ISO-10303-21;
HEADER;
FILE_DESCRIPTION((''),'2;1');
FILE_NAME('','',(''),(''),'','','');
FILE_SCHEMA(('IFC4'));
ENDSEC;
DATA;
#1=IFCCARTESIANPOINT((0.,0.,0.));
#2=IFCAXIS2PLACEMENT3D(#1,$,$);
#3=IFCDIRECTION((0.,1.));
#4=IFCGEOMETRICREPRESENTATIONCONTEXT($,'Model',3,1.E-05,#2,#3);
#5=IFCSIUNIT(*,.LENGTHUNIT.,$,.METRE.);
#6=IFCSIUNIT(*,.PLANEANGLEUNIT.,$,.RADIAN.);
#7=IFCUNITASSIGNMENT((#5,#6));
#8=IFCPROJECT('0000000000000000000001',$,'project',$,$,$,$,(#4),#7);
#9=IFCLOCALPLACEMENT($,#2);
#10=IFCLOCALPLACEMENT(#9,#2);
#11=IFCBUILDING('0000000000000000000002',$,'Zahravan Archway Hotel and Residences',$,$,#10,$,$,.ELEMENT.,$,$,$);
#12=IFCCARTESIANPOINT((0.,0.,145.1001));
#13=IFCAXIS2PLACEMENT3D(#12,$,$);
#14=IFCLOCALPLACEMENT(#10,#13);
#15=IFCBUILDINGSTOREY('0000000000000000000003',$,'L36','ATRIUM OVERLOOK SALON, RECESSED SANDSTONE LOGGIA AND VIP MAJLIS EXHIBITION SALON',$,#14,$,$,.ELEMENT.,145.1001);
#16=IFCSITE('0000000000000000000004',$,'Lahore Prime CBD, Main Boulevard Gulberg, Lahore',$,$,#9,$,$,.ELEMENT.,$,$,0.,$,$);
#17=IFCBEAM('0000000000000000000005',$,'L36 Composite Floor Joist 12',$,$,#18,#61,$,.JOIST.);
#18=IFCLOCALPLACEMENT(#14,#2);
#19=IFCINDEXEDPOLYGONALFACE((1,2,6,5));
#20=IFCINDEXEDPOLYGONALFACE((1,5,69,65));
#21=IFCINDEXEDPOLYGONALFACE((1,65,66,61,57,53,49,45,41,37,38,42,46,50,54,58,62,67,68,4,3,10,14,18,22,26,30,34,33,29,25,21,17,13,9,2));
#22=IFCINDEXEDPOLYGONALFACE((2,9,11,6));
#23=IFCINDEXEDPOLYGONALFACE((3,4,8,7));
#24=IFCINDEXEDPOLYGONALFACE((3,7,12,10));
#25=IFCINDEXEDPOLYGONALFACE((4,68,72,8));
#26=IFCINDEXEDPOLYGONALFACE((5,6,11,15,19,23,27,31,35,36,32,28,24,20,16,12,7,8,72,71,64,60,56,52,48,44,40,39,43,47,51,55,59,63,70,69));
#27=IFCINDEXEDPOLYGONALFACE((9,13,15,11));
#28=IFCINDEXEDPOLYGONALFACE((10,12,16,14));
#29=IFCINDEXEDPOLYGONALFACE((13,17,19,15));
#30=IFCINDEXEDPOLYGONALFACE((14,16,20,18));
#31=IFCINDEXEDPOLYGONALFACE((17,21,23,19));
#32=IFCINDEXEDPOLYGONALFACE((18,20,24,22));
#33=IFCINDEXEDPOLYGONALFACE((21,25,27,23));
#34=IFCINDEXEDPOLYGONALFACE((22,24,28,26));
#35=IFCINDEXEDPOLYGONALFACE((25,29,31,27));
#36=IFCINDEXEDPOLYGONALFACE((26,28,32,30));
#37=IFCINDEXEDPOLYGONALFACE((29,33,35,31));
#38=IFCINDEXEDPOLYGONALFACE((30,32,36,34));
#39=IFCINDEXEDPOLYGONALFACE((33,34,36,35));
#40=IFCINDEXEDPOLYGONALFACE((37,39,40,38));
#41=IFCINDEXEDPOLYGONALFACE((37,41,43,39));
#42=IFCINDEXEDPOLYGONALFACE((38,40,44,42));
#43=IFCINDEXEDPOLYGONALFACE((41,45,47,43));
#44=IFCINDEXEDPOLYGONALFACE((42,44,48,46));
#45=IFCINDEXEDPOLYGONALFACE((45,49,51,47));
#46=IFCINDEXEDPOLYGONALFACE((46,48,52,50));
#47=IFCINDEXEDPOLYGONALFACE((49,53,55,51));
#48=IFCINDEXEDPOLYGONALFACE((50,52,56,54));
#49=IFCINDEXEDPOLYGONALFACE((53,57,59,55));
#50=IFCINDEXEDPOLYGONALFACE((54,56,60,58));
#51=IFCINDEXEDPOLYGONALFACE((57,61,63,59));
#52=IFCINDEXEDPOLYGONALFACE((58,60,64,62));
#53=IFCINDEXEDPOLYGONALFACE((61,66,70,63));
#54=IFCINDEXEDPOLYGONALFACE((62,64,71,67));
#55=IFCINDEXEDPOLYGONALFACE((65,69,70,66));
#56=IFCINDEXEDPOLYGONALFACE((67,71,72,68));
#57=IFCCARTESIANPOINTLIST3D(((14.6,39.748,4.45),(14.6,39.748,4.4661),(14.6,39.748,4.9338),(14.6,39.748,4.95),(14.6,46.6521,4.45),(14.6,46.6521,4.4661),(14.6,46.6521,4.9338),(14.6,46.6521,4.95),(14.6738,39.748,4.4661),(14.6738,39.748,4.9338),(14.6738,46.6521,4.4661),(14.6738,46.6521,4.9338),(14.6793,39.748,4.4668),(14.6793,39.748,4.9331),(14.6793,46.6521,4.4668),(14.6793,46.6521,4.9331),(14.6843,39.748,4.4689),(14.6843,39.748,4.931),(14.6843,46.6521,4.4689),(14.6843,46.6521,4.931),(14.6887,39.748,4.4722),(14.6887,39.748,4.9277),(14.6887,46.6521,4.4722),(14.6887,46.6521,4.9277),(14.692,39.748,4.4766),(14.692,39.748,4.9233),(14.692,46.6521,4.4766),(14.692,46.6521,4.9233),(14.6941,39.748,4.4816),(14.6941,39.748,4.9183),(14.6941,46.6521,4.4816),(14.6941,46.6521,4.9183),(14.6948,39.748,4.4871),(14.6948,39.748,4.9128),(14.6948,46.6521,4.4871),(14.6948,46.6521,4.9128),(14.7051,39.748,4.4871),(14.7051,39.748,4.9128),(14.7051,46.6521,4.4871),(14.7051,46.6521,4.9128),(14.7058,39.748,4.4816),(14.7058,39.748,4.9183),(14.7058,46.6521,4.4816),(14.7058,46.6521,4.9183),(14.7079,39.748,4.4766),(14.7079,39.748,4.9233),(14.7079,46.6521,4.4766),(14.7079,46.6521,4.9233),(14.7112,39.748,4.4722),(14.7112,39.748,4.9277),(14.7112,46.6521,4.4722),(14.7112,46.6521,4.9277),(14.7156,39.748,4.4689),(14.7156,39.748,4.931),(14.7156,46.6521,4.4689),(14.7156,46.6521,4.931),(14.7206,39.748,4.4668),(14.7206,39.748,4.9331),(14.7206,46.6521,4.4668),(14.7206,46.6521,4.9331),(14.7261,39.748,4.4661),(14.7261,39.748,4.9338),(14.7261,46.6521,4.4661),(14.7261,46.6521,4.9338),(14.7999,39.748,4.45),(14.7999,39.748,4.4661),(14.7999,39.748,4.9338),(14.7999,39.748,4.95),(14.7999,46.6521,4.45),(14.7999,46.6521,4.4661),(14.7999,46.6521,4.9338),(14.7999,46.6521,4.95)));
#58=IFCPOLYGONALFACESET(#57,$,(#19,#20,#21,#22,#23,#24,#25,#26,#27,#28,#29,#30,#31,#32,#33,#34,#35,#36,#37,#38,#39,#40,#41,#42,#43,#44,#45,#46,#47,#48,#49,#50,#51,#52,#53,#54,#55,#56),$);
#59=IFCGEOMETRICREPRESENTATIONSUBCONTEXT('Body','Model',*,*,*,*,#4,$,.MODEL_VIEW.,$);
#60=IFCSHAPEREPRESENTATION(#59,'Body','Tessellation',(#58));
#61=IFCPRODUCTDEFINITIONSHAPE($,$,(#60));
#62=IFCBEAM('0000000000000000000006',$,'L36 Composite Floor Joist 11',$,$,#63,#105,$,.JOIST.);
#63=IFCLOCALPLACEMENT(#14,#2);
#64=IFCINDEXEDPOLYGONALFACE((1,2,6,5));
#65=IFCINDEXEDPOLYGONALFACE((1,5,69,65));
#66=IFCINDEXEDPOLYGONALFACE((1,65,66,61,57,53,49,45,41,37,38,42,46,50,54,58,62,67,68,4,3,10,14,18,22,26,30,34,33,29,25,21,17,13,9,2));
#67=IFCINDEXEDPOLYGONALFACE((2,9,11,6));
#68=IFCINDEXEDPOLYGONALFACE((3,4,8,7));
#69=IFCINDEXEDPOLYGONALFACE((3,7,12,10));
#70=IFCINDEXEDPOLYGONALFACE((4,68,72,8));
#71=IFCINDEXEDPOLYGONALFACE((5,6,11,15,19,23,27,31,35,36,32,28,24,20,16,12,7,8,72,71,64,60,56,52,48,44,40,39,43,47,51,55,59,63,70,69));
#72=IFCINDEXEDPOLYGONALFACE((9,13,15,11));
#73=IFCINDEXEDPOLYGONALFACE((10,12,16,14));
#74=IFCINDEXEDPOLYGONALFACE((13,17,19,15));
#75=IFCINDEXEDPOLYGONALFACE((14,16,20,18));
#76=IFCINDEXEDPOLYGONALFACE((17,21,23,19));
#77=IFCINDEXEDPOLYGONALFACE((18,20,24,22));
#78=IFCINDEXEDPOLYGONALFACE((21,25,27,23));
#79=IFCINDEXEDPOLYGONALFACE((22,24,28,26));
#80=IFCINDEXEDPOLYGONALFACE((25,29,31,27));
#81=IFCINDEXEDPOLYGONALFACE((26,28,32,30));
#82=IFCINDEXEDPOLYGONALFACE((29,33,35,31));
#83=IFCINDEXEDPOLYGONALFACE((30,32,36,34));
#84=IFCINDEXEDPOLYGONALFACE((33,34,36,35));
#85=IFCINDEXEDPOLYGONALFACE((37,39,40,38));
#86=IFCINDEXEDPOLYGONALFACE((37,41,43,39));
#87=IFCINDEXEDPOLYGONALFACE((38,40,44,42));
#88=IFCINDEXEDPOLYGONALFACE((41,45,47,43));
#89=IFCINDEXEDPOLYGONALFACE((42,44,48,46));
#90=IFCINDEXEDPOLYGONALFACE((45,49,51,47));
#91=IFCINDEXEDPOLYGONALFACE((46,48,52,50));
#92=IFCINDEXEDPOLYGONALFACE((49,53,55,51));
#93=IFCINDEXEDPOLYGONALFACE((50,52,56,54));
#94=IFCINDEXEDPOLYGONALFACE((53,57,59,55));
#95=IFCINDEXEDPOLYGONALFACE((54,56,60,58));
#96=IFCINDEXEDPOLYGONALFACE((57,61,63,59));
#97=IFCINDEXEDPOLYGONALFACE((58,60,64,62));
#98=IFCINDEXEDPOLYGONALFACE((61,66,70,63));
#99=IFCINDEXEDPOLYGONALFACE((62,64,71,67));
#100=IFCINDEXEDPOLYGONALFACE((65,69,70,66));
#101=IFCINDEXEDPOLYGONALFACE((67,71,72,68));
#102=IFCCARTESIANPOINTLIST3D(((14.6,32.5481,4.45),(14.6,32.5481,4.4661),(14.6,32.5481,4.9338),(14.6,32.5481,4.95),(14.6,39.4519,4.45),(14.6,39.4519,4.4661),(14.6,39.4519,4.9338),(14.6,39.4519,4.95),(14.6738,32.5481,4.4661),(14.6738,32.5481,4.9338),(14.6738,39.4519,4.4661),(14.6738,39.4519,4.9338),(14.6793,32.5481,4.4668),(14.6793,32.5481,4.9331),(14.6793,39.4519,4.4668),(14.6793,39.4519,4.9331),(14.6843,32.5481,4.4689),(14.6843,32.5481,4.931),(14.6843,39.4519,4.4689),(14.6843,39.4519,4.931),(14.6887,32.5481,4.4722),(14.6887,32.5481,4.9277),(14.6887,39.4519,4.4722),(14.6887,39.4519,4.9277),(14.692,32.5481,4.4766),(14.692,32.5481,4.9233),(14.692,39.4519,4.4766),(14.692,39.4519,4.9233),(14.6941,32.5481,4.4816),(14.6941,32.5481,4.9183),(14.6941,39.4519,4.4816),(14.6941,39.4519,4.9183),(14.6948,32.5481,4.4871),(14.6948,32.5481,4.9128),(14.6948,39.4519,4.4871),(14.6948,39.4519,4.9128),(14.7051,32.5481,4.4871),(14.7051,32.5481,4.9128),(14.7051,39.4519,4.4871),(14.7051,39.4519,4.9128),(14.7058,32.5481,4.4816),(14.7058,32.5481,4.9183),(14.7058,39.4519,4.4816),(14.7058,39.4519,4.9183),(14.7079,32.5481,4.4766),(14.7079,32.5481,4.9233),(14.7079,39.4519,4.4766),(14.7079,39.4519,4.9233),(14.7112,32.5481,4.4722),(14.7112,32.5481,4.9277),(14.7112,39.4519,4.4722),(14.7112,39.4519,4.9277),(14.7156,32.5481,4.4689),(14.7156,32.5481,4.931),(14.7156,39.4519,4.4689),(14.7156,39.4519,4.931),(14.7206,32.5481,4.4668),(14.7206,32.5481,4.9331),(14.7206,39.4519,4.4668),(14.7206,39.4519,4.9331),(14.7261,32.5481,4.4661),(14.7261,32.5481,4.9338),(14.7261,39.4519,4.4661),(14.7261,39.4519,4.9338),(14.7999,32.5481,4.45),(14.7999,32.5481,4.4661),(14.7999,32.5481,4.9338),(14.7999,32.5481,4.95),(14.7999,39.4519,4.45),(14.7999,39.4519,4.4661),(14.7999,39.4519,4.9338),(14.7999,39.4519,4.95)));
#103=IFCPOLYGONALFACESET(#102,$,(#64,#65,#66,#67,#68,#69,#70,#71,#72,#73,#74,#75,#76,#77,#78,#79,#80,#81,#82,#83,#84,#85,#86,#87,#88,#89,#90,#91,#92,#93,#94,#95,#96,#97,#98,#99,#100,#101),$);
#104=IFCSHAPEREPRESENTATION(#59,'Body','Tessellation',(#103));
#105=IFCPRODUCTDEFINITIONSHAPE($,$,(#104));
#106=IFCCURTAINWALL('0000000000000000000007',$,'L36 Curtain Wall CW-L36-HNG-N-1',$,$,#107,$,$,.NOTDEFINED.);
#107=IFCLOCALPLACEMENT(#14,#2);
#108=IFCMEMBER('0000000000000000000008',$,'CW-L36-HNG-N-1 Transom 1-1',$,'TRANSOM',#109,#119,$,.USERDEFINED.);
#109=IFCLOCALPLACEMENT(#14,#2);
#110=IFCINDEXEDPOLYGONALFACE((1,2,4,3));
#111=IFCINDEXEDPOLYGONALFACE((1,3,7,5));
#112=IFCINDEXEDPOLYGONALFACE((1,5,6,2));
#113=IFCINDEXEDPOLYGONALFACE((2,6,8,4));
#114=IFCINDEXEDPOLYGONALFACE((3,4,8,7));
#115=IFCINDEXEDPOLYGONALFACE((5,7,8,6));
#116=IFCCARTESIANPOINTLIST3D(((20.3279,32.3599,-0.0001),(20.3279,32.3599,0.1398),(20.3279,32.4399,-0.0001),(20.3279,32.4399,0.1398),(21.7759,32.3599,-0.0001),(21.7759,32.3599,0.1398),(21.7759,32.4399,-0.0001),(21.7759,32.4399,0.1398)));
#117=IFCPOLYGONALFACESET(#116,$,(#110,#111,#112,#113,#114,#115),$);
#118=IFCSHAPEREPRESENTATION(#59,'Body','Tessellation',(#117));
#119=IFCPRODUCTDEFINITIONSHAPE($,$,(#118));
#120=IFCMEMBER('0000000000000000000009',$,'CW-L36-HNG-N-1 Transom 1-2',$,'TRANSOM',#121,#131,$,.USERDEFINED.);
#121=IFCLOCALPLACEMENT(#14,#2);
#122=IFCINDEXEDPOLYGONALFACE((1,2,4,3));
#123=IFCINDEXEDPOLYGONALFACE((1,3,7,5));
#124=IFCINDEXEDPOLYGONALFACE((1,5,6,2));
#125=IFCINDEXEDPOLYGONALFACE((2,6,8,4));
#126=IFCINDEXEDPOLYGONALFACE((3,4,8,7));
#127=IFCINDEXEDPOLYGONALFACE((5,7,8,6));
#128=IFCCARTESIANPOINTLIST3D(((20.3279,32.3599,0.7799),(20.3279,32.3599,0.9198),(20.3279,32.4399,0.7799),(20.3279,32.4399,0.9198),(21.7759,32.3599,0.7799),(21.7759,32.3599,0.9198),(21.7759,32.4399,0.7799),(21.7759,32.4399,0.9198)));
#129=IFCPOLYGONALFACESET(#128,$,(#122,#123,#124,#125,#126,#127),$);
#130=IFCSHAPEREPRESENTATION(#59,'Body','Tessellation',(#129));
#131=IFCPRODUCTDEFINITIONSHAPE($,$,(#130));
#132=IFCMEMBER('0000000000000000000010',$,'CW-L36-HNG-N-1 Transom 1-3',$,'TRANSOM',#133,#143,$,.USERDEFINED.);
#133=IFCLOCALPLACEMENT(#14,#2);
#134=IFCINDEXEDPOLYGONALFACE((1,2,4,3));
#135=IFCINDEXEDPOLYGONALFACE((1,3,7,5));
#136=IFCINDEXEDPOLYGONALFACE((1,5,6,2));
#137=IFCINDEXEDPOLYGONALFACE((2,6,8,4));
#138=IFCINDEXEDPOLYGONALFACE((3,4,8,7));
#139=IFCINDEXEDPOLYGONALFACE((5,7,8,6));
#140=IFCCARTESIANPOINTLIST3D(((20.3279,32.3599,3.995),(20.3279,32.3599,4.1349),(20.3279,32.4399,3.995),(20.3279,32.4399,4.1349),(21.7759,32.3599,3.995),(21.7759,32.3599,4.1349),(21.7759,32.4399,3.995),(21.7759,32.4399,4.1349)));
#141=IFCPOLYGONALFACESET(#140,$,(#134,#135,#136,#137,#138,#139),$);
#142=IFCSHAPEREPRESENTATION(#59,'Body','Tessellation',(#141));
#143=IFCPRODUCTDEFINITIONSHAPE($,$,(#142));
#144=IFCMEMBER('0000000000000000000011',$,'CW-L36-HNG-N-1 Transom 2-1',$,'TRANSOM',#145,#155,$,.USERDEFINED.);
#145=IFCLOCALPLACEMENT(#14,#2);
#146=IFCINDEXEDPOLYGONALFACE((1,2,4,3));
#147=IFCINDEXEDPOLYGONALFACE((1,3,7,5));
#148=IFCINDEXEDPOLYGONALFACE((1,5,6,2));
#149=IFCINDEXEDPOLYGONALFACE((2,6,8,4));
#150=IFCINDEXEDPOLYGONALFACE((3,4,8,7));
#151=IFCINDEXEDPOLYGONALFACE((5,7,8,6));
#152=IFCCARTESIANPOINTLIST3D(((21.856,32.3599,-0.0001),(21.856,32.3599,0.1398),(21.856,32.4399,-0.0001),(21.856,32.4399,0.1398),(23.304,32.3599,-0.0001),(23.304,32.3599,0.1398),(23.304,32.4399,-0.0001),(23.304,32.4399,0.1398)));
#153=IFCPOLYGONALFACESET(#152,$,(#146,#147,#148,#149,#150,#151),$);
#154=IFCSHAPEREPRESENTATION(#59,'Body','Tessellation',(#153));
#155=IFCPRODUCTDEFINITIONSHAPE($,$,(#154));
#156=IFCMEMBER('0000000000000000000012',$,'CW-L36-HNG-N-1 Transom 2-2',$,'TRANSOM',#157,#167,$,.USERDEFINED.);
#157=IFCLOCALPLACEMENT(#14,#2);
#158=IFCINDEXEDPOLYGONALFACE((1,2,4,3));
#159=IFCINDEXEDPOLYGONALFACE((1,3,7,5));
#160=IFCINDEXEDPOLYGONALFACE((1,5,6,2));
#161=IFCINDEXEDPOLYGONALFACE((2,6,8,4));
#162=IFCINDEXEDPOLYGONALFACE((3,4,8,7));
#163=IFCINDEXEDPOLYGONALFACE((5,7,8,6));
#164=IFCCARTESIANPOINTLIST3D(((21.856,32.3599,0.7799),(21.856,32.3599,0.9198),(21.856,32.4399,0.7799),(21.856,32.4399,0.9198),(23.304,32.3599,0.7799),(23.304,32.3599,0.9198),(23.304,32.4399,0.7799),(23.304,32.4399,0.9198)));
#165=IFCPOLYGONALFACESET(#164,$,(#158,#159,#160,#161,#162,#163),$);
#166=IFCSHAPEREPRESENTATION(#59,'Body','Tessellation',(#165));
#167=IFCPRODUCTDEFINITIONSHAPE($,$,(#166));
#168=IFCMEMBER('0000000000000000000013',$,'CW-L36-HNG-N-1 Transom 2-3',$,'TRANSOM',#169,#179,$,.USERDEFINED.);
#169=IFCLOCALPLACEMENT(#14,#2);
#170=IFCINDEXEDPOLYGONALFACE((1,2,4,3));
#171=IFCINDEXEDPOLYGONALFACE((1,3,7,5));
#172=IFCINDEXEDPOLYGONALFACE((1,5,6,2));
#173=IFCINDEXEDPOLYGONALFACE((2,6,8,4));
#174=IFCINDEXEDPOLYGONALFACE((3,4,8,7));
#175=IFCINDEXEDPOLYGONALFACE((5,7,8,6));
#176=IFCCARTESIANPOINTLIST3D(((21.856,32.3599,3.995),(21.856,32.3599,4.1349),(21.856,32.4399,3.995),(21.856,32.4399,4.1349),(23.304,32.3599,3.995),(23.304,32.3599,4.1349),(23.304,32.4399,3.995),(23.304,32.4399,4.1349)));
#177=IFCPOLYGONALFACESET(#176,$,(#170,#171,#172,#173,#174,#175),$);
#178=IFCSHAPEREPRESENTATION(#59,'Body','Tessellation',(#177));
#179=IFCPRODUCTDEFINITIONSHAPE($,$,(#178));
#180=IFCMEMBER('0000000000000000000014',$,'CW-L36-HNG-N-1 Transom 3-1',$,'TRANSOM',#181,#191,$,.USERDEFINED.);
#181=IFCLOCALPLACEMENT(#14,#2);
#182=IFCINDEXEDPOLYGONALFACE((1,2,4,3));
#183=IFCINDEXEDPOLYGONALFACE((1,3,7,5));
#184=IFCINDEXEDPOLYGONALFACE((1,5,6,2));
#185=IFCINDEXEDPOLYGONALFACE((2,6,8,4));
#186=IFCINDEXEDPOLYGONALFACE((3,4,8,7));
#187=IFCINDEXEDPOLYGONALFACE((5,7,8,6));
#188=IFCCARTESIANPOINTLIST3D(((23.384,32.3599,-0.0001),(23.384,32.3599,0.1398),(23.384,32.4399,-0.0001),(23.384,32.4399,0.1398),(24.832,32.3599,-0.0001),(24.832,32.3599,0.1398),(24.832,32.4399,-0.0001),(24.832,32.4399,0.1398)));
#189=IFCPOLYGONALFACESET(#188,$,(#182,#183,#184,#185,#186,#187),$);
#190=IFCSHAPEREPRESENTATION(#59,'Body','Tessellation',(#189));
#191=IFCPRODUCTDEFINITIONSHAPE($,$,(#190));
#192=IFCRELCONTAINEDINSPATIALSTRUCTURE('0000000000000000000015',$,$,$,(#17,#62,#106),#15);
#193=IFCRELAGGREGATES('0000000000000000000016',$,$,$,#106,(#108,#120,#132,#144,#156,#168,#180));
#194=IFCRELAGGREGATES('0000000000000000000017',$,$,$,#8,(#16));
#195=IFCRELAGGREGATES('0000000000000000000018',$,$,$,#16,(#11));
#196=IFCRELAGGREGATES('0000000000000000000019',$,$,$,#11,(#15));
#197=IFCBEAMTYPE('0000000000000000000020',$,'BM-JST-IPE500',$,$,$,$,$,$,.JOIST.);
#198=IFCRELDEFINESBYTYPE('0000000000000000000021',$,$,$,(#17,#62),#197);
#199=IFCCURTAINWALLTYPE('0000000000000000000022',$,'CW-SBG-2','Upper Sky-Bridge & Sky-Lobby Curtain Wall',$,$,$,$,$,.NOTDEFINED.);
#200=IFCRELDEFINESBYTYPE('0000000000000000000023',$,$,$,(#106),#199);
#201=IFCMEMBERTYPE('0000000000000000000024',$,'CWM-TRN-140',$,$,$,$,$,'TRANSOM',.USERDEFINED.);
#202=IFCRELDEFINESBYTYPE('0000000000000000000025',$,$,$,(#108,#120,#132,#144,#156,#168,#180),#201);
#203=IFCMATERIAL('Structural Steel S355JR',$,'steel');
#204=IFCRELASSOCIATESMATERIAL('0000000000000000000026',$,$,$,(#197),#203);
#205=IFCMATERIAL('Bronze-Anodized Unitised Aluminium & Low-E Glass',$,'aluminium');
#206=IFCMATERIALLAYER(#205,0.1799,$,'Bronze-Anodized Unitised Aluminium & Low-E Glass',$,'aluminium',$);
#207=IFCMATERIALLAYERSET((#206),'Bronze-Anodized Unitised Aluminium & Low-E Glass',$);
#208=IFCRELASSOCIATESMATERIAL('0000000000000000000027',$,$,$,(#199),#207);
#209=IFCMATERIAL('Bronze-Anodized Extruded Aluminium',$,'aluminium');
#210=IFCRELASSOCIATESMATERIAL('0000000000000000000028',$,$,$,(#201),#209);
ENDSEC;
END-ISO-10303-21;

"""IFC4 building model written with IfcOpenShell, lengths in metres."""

from ifc_helpers import new_model, si_unit, direction, frame, origin, origin_2d, place, context, subcontext, project, spatial, rectangle, i_section, extrude, source, transform, mapped, material, layer, layer_set, material_profile, profile_set, type_object, type_shapes, element, aggregate, save


model = new_model("IFC4")

# Units and contexts
model_context = context("Model", 3, precision=1e-05, world=origin(), true_north=direction((0.0, 1.0)))
body_context = subcontext(model_context, "Body", "Model", "MODEL_VIEW")
ifc_project = project(units=[si_unit("LENGTHUNIT", "METRE"), si_unit("PLANEANGLEUNIT", "RADIAN")], contexts=[model_context])

# Site, building, storey
site_placement = place(None, origin())
site = spatial("IfcSite", under=ifc_project, at=site_placement, Name="Lahore Prime CBD, Main Boulevard Gulberg, Lahore", CompositionType="ELEMENT", RefElevation=0.0)
building_placement = place(site_placement, origin())
building = spatial("IfcBuilding", under=site, at=building_placement, Name="Zahravan Archway Hotel and Residences", CompositionType="ELEMENT")
storey_placement = place(building_placement, frame((0.0, 0.0, 145.1001)))
storey = spatial("IfcBuildingStorey", under=building, at=storey_placement, Name="L36", Description="ATRIUM OVERLOOK SALON, RECESSED SANDSTONE LOGGIA AND VIP MAJLIS EXHIBITION SALON", CompositionType="ELEMENT", Elevation=145.1001)

# Beams
ifc_material_1 = material(Name="Structural Steel S355JR", Category="steel")
ifc_material_profile_1 = material_profile(ifc_material_1, i_section(OverallWidth=0.2, OverallDepth=0.5, WebThickness=0.0103, FlangeThickness=0.0161, FilletRadius=0.021, at=origin_2d()), Name="IPE 500", Category="steel")
ifc_profile_set_1 = profile_set([ifc_material_profile_1], Name="Structural Steel S355JR")
beam_type_1 = type_object("IfcBeamType", Name="BM-JST-IPE500", PredefinedType="JOIST", material=ifc_profile_set_1)
shared_shape_1 = source(origin(), body_context, "Body", "SweptSolid", [
    extrude(i_section(OverallWidth=0.2, OverallDepth=0.5, WebThickness=0.0103, FlangeThickness=0.0161, FilletRadius=0.021, at=origin_2d()), origin(), (0.0, 0.0, 1.0), 6.9041),
])
type_shapes(beam_type_1, [shared_shape_1])
beam_1_placement = place(storey_placement, frame((14.7, 39.748, 4.7), z_axis=(0.0, 1.0, 0.0), x_axis=(-1.0, 0.0, 0.0)))
element("IfcBeam", 1, at=beam_1_placement, inside=storey, type_object=beam_type_1, Name="L36 Composite Floor Joist 12", PredefinedType="JOIST", context=body_context, shape_type="MappedRepresentation", body=[
    mapped(shared_shape_1, transform((0.0, 0.0, 0.0), scale=1.0)),
])
shared_shape_2 = source(origin(), body_context, "Body", "SweptSolid", [
    extrude(i_section(OverallWidth=0.2, OverallDepth=0.5, WebThickness=0.0103, FlangeThickness=0.0161, FilletRadius=0.021, at=origin_2d()), origin(), (0.0, 0.0, 1.0), 6.9038),
])
beam_2_placement = place(storey_placement, frame((14.7, 32.5481, 4.7), z_axis=(0.0, 1.0, 0.0), x_axis=(-1.0, 0.0, 0.0)))
element("IfcBeam", 2, at=beam_2_placement, inside=storey, type_object=beam_type_1, Name="L36 Composite Floor Joist 11", PredefinedType="JOIST", context=body_context, shape_type="MappedRepresentation", body=[
    mapped(shared_shape_2, transform((0.0, 0.0, 0.0), scale=1.0)),
])

# Curtain wall, members
ifc_material_2 = material(Name="Bronze-Anodized Unitised Aluminium & Low-E Glass", Category="aluminium")
ifc_layer_1 = layer(ifc_material_2, 0.1799, Name="Bronze-Anodized Unitised Aluminium & Low-E Glass", Category="aluminium")
ifc_layer_set_1 = layer_set([ifc_layer_1], Name="Bronze-Anodized Unitised Aluminium & Low-E Glass")
curtain_wall_type = type_object("IfcCurtainWallType", Name="CW-SBG-2", Description="Upper Sky-Bridge & Sky-Lobby Curtain Wall", PredefinedType="NOTDEFINED", material=ifc_layer_set_1)
curtain_wall_placement = place(storey_placement, origin())
curtain_wall = element("IfcCurtainWall", 3, at=curtain_wall_placement, inside=storey, type_object=curtain_wall_type, Name="L36 Curtain Wall CW-L36-HNG-N-1", PredefinedType="NOTDEFINED")
ifc_material_3 = material(Name="Bronze-Anodized Extruded Aluminium", Category="aluminium")
ifc_material_profile_2 = material_profile(ifc_material_3, rectangle(XDim=0.0801, YDim=0.1399, at=origin_2d()), Name="TRN 80x140", Category="aluminium")
ifc_profile_set_2 = profile_set([ifc_material_profile_2], Name="Bronze-Anodized Extruded Aluminium")
member_type_1 = type_object("IfcMemberType", Name="CWM-TRN-140", ElementType="TRANSOM", PredefinedType="USERDEFINED", material=ifc_profile_set_2)
shared_shape_3 = source(origin(), body_context, "Body", "SweptSolid", [
    extrude(rectangle(XDim=0.0801, YDim=0.1399, at=origin_2d()), origin(), (0.0, 0.0, 1.0), 1.448),
])
member_1_placement = place(storey_placement, frame((20.3279, 32.3999, 0.0698), z_axis=(1.0, 0.0, 0.0), x_axis=(0.0, 1.0, 0.0)))
member_1 = element("IfcMember", 4, at=member_1_placement, type_object=member_type_1, Name="CW-L36-HNG-N-1 Transom 1-1", ObjectType="TRANSOM", PredefinedType="USERDEFINED", context=body_context, shape_type="MappedRepresentation", body=[
    mapped(shared_shape_3, transform((0.0, 0.0, 0.0), scale=1.0)),
])
member_2_placement = place(storey_placement, frame((20.3279, 32.3999, 0.8499), z_axis=(1.0, 0.0, 0.0), x_axis=(0.0, 1.0, 0.0)))
member_2 = element("IfcMember", 5, at=member_2_placement, type_object=member_type_1, Name="CW-L36-HNG-N-1 Transom 1-2", ObjectType="TRANSOM", PredefinedType="USERDEFINED", context=body_context, shape_type="MappedRepresentation", body=[
    mapped(shared_shape_3, transform((0.0, 0.0, 0.0), scale=1.0)),
])
member_3_placement = place(storey_placement, frame((20.3279, 32.3999, 4.0649), z_axis=(1.0, 0.0, 0.0), x_axis=(0.0, 1.0, 0.0)))
member_3 = element("IfcMember", 6, at=member_3_placement, type_object=member_type_1, Name="CW-L36-HNG-N-1 Transom 1-3", ObjectType="TRANSOM", PredefinedType="USERDEFINED", context=body_context, shape_type="MappedRepresentation", body=[
    mapped(shared_shape_3, transform((0.0, 0.0, 0.0), scale=1.0)),
])
member_4_placement = place(storey_placement, frame((21.856, 32.3999, 0.0698), z_axis=(1.0, 0.0, 0.0), x_axis=(0.0, 1.0, 0.0)))
member_4 = element("IfcMember", 7, at=member_4_placement, type_object=member_type_1, Name="CW-L36-HNG-N-1 Transom 2-1", ObjectType="TRANSOM", PredefinedType="USERDEFINED", context=body_context, shape_type="MappedRepresentation", body=[
    mapped(shared_shape_3, transform((0.0, 0.0, 0.0), scale=1.0)),
])
member_5_placement = place(storey_placement, frame((21.856, 32.3999, 0.8499), z_axis=(1.0, 0.0, 0.0), x_axis=(0.0, 1.0, 0.0)))
member_5 = element("IfcMember", 8, at=member_5_placement, type_object=member_type_1, Name="CW-L36-HNG-N-1 Transom 2-2", ObjectType="TRANSOM", PredefinedType="USERDEFINED", context=body_context, shape_type="MappedRepresentation", body=[
    mapped(shared_shape_3, transform((0.0, 0.0, 0.0), scale=1.0)),
])
member_6_placement = place(storey_placement, frame((21.856, 32.3999, 4.0649), z_axis=(1.0, 0.0, 0.0), x_axis=(0.0, 1.0, 0.0)))
member_6 = element("IfcMember", 9, at=member_6_placement, type_object=member_type_1, Name="CW-L36-HNG-N-1 Transom 2-3", ObjectType="TRANSOM", PredefinedType="USERDEFINED", context=body_context, shape_type="MappedRepresentation", body=[
    mapped(shared_shape_3, transform((0.0, 0.0, 0.0), scale=1.0)),
])
member_7_placement = place(storey_placement, frame((23.384, 32.3999, 0.0698), z_axis=(1.0, 0.0, 0.0), x_axis=(0.0, 1.0, 0.0)))
member_7 = element("IfcMember", 10, at=member_7_placement, type_object=member_type_1, Name="CW-L36-HNG-N-1 Transom 3-1", ObjectType="TRANSOM", PredefinedType="USERDEFINED", context=body_context, shape_type="MappedRepresentation", body=[
    mapped(shared_shape_3, transform((0.0, 0.0, 0.0), scale=1.0)),
])
aggregate(curtain_wall, [member_1, member_2, member_3, member_4, member_5, member_6, member_7])

save(model, "model.ifc")
